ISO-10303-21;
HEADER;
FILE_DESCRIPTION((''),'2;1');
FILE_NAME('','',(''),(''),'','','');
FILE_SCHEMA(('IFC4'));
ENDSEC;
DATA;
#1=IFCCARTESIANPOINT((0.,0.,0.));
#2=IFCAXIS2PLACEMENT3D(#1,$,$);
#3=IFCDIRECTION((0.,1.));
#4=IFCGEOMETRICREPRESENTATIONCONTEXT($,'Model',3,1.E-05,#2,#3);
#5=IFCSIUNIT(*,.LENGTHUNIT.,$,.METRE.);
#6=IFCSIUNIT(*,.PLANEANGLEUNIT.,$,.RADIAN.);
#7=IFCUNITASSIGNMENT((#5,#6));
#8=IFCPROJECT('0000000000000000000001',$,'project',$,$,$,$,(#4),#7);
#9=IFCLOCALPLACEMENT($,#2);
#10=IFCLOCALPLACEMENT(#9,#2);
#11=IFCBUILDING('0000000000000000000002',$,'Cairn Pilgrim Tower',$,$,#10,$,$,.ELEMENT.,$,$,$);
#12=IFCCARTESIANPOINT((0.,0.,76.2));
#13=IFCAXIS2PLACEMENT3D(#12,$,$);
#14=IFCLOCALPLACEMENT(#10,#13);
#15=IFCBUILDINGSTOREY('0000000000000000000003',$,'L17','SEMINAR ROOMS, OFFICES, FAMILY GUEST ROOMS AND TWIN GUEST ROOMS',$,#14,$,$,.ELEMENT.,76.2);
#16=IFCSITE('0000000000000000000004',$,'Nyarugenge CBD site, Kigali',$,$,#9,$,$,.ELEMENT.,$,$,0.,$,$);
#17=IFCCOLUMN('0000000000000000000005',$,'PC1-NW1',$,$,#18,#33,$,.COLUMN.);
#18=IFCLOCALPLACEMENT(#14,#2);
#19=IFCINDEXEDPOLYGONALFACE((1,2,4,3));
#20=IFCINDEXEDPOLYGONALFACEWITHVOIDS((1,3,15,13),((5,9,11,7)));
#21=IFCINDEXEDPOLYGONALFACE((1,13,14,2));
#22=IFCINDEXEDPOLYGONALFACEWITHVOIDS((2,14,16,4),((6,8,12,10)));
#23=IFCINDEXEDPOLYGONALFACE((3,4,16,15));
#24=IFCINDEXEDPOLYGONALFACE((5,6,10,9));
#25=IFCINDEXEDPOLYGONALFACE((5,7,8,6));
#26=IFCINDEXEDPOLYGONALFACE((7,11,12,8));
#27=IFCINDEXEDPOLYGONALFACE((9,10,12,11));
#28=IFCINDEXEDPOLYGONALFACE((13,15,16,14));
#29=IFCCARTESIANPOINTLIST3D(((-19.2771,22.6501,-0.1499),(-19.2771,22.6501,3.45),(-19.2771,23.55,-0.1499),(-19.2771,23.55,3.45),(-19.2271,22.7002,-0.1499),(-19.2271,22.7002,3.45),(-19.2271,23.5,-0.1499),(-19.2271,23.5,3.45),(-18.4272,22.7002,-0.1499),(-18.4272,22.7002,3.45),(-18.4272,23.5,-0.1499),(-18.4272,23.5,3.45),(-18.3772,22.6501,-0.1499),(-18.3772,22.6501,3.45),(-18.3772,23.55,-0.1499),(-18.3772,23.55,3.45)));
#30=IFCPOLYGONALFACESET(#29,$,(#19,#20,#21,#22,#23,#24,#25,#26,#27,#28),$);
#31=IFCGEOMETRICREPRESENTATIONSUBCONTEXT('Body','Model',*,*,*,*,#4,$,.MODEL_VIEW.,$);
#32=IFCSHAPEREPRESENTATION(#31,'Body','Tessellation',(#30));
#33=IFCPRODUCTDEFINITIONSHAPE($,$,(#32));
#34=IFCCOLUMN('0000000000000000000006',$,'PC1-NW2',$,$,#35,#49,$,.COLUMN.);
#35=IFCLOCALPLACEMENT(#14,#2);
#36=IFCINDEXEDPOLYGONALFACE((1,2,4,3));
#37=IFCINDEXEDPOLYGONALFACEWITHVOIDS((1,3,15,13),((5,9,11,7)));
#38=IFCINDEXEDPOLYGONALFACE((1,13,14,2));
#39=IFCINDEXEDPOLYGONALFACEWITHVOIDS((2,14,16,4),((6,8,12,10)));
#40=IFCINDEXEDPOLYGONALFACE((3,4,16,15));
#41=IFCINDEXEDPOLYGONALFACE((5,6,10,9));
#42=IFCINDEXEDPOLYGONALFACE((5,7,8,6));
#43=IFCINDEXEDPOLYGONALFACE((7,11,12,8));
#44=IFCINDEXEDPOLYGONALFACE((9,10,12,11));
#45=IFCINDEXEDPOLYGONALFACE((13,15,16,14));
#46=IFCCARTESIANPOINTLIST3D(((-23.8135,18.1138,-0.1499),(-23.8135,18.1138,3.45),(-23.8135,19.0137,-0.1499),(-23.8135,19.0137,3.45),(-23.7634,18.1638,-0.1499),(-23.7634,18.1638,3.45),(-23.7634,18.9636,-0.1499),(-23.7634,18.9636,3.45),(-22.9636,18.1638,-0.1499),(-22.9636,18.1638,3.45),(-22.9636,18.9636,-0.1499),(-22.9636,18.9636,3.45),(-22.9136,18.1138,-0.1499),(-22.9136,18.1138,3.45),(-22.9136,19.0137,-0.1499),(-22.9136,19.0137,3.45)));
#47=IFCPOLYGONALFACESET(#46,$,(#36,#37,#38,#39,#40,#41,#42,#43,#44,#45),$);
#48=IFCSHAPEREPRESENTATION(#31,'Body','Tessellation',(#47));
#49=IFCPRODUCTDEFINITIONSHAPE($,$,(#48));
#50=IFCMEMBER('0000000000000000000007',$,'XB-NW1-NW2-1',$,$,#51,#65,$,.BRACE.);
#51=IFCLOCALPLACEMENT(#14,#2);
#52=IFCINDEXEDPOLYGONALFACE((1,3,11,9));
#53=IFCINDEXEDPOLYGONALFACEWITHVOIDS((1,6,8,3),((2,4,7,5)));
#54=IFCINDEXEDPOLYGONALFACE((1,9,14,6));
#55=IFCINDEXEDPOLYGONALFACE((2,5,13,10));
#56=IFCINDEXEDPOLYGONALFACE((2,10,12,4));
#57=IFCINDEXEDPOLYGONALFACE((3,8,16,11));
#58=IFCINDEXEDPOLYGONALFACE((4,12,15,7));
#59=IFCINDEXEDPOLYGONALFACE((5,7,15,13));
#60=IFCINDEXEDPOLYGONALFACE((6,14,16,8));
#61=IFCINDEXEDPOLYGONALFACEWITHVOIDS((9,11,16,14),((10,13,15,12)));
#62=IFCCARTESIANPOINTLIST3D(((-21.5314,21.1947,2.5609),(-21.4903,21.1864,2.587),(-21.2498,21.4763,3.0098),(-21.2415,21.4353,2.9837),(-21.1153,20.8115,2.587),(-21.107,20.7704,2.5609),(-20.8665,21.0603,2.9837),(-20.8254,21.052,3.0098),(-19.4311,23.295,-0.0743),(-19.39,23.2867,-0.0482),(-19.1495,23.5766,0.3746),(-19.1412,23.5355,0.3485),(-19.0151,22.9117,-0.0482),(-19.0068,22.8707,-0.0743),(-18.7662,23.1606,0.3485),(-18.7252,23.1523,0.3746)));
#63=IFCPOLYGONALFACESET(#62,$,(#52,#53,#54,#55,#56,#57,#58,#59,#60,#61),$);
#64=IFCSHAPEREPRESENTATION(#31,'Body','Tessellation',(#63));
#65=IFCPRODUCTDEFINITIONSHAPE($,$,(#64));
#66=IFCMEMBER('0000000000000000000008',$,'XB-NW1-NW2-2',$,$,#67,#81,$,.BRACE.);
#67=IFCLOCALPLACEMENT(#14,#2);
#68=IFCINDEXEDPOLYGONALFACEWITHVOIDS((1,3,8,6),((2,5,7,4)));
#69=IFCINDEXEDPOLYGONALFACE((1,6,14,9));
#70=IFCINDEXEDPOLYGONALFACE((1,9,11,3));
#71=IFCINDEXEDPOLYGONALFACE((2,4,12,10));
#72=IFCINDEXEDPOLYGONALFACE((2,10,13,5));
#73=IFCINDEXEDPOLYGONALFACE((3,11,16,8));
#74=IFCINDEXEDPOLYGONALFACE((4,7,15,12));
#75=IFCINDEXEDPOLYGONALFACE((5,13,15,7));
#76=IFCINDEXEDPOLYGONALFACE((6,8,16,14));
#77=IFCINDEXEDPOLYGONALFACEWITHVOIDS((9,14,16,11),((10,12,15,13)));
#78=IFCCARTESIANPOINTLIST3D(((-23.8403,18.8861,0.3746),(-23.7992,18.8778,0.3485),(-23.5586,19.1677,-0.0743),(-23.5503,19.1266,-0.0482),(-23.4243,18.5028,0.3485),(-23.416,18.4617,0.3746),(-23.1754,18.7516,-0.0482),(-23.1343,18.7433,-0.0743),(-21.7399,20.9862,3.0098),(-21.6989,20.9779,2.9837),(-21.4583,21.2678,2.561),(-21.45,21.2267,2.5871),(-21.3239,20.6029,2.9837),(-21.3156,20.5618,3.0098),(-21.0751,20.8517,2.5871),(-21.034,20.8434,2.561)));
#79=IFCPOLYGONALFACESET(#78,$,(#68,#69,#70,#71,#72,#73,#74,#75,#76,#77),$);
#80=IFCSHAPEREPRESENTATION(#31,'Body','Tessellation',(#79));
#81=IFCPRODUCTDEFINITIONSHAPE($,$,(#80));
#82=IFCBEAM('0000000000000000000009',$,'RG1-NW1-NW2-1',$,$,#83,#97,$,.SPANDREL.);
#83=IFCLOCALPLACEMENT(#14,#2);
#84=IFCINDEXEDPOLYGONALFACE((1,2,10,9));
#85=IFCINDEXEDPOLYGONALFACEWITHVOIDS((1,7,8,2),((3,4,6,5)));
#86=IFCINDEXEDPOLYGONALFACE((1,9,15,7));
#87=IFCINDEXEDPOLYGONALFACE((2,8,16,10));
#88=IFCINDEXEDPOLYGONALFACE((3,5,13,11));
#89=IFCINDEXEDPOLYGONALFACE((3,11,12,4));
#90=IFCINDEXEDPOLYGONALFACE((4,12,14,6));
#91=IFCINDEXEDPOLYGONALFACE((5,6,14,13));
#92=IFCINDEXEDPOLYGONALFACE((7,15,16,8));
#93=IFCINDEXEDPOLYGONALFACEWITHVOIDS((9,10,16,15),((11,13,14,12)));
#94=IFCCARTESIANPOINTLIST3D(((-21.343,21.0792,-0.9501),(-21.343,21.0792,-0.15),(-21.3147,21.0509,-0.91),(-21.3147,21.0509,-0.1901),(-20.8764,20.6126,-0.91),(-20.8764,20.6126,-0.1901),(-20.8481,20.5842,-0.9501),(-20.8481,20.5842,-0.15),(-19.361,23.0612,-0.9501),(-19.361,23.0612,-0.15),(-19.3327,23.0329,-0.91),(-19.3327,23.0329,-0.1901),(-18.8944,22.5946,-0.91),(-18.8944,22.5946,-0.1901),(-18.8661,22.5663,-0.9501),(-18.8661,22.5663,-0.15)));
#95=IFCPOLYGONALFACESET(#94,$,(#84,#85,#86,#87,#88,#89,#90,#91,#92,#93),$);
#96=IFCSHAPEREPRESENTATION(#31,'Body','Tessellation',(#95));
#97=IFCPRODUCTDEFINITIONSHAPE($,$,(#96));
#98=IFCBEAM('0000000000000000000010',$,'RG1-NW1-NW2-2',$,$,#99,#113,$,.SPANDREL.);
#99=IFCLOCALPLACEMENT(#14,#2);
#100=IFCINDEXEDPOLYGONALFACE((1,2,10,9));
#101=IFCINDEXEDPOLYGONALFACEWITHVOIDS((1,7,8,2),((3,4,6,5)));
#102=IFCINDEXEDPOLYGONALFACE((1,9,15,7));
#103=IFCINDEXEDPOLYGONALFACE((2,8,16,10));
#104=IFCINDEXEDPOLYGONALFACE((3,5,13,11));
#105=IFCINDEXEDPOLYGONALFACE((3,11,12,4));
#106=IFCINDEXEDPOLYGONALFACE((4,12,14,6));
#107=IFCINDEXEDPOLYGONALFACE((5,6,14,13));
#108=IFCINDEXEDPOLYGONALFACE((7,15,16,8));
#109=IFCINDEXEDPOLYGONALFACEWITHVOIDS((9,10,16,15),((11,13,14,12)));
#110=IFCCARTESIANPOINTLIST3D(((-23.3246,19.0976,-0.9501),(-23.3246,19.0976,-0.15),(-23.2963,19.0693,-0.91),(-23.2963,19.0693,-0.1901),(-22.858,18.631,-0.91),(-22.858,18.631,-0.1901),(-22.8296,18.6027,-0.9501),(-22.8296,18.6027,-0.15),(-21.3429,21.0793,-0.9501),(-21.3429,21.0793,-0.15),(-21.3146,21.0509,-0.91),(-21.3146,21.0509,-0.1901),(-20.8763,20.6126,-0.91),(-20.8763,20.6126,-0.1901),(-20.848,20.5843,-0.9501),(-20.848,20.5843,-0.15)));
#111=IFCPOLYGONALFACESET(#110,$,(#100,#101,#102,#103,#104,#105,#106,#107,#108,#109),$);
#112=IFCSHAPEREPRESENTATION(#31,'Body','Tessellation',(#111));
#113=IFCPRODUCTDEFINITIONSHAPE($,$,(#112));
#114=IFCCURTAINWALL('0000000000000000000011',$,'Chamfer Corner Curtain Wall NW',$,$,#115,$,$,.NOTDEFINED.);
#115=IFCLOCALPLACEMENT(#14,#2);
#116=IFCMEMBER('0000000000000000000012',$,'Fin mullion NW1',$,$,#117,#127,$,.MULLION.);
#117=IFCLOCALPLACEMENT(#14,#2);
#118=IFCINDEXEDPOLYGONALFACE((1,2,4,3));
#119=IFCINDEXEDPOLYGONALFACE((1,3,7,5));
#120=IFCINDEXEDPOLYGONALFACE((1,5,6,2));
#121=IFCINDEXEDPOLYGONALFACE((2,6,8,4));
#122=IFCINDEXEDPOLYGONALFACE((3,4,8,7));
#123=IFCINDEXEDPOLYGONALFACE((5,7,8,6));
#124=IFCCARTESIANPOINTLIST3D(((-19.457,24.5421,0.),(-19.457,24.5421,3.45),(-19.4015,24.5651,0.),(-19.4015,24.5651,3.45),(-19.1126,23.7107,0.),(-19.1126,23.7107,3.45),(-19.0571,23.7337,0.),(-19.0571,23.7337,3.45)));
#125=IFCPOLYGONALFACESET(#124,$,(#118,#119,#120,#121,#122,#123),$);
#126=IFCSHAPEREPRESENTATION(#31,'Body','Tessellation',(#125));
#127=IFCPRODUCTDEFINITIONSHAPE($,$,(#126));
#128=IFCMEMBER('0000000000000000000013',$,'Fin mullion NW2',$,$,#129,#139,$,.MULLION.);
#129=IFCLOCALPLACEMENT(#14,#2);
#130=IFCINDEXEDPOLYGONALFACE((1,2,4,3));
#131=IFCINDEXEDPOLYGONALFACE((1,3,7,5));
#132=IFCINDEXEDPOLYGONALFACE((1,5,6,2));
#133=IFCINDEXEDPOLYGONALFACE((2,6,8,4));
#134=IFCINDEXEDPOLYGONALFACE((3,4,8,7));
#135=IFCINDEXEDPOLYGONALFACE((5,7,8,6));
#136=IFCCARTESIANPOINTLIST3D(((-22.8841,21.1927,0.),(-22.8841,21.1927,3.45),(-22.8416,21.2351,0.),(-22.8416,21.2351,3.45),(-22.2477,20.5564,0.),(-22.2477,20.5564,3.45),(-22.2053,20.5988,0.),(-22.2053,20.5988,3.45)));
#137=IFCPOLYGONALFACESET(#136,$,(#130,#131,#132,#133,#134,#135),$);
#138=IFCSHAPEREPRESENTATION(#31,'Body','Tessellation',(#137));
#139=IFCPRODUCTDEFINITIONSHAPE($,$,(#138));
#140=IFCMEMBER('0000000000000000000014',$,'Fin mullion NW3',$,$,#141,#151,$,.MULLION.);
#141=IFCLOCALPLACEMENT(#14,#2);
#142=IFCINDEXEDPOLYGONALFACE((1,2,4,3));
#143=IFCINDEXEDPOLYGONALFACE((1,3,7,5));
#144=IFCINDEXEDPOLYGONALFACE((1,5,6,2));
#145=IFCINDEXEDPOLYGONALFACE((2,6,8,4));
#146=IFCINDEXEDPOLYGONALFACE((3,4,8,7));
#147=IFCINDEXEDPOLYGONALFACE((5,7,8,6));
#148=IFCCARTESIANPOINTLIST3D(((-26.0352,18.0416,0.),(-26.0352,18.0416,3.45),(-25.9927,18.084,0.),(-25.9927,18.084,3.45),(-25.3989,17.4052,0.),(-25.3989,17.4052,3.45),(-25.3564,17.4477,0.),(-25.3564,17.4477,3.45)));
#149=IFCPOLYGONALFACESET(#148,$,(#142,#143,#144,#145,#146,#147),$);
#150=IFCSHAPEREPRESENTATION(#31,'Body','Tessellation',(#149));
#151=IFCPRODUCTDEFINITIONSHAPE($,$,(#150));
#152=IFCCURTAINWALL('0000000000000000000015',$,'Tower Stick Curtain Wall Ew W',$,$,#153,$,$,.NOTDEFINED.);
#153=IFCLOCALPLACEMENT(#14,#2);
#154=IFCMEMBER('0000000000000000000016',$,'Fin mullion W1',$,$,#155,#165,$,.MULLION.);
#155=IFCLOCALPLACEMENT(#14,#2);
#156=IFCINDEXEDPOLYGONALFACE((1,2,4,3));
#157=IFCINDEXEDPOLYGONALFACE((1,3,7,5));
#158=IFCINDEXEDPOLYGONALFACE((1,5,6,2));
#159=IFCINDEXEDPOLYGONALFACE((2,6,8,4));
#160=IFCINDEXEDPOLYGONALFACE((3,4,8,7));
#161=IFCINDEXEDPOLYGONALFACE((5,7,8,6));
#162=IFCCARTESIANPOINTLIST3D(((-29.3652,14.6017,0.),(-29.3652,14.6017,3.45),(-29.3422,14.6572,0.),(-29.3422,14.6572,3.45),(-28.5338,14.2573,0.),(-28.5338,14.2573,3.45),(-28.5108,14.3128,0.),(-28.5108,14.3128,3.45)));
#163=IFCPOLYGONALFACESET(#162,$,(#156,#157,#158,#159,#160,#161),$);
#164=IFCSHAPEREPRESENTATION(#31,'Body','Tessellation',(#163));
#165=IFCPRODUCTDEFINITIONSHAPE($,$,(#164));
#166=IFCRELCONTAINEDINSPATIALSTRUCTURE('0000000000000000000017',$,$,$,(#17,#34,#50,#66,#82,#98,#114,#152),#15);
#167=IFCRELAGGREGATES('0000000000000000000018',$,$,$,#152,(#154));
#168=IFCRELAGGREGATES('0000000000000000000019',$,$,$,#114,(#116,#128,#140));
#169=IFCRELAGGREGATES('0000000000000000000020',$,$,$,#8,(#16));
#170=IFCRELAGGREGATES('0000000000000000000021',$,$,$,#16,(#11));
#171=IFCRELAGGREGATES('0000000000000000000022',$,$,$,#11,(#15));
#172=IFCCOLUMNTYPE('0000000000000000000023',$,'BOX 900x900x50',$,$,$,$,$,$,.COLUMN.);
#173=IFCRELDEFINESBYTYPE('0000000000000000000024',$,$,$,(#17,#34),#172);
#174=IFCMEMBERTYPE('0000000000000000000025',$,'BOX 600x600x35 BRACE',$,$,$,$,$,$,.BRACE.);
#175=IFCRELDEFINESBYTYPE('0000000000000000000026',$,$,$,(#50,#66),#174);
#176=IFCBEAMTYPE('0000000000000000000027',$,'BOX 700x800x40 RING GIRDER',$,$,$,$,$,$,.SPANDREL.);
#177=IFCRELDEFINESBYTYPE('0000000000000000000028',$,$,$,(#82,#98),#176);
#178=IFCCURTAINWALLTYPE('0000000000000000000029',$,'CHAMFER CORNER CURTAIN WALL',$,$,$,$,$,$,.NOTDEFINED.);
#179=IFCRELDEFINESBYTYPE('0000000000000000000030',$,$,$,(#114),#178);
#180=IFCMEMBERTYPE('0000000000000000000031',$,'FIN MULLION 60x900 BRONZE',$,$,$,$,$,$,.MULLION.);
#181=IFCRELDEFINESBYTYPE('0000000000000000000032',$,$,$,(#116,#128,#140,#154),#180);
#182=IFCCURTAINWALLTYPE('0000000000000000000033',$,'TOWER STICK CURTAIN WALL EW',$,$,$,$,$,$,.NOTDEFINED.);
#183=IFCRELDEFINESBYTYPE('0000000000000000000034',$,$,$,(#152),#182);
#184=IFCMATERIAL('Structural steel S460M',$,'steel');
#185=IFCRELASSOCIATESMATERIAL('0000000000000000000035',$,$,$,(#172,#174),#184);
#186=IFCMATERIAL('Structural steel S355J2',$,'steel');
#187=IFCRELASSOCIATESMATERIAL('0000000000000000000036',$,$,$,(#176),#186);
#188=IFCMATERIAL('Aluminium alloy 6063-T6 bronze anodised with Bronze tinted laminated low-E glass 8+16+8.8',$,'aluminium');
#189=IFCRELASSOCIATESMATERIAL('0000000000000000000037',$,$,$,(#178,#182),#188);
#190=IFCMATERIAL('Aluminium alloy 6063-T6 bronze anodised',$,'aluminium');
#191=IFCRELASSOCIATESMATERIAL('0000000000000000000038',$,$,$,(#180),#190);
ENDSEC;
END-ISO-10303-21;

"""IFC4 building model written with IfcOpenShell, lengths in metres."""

from ifc_helpers import new_model, si_unit, direction, frame, origin, origin_2d, place, context, subcontext, project, spatial, rectangle, hollow_rectangle, extrude, material, material_profile, profile_set, type_object, element, aggregate, save


model = new_model("IFC4")

# Units and contexts
model_context = context("Model", 3, precision=1e-05, world=origin(), true_north=direction((0.0, 1.0)))
body_context = subcontext(model_context, "Body", "Model", "MODEL_VIEW")
ifc_project = project(units=[si_unit("LENGTHUNIT", "METRE"), si_unit("PLANEANGLEUNIT", "RADIAN")], contexts=[model_context])

# Site, building, storey
site_placement = place(None, origin())
site = spatial("IfcSite", under=ifc_project, at=site_placement, Name="Nyarugenge CBD site, Kigali", CompositionType="ELEMENT", RefElevation=0.0)
building_placement = place(site_placement, origin())
building = spatial("IfcBuilding", under=site, at=building_placement, Name="Cairn Pilgrim Tower", CompositionType="ELEMENT")
storey_placement = place(building_placement, frame((0.0, 0.0, 76.2)))
storey = spatial("IfcBuildingStorey", under=building, at=storey_placement, Name="L17", Description="SEMINAR ROOMS, OFFICES, FAMILY GUEST ROOMS AND TWIN GUEST ROOMS", CompositionType="ELEMENT", Elevation=76.2)

# Columns
ifc_material_1 = material(Name="Structural steel S460M", Category="steel")
ifc_material_profile_1 = material_profile(ifc_material_1, hollow_rectangle(XDim=0.8999, YDim=0.8999, WallThickness=0.05, at=origin_2d()), Name="BOX 900x900x50")
ifc_profile_set_1 = profile_set([ifc_material_profile_1], Name="Structural steel S460M")
column_type = type_object("IfcColumnType", Name="BOX 900x900x50", PredefinedType="COLUMN", material=ifc_profile_set_1)
for number, where, z_axis, x_axis, name in (
    (1, (-18.8271, 23.1001, -0.1499), (0.0, 0.0, 1.0), (1.0, 0.0, 0.0), "PC1-NW1"),
    (2, (-23.3635, 18.5637, -0.1499), (0.0, 0.0, 1.0), (1.0, 0.0, 0.0), "PC1-NW2"),
):
    element("IfcColumn", number, at=place(storey_placement, frame(where, z_axis=z_axis, x_axis=x_axis)), inside=storey, type_object=column_type, Name=name, PredefinedType="COLUMN", context=body_context, shape_type="SweptSolid", body=[
        extrude(hollow_rectangle(XDim=0.8999, YDim=0.8999, WallThickness=0.05, at=origin_2d()), origin(), (0.0, 0.0, 1.0), 3.5999),
    ])

# Members
ifc_material_profile_2 = material_profile(ifc_material_1, hollow_rectangle(XDim=0.6001, YDim=0.6001, WallThickness=0.0349, at=origin_2d()), Name="BOX 600x600x35")
ifc_profile_set_2 = profile_set([ifc_material_profile_2], Name="Structural steel S460M")
member_type_1 = type_object("IfcMemberType", Name="BOX 600x600x35 BRACE", PredefinedType="BRACE", material=ifc_profile_set_2)
for number, where, z_axis, x_axis, name in (
    (3, (-19.0781, 23.2236, 0.1501), (-0.528944, -0.528944, 0.663654), (0.707107, -0.707107, 0.0), "XB-NW1-NW2-1"),
    (4, (-23.4873, 18.8147, 0.1501), (0.528961, 0.528899, 0.663676), (-0.707066, 0.707148, 0.0), "XB-NW1-NW2-2"),
):
    element("IfcMember", number, at=place(storey_placement, frame(where, z_axis=z_axis, x_axis=x_axis)), inside=storey, type_object=member_type_1, Name=name, PredefinedType="BRACE", context=body_context, shape_type="SweptSolid", body=[
        extrude(hollow_rectangle(XDim=0.6001, YDim=0.6001, WallThickness=0.0349, at=origin_2d()), origin(), (0.0, 0.0, 1.0), 3.9707),
    ])

# Beams
ifc_material_2 = material(Name="Structural steel S355J2", Category="steel")
ifc_material_profile_3 = material_profile(ifc_material_2, hollow_rectangle(XDim=0.7, YDim=0.8, WallThickness=0.04, at=origin_2d()), Name="BOX 700x800x40")
ifc_profile_set_3 = profile_set([ifc_material_profile_3], Name="Structural steel S355J2")
beam_type_1 = type_object("IfcBeamType", Name="BOX 700x800x40 RING GIRDER", PredefinedType="SPANDREL", material=ifc_profile_set_3)
beam_1_placement = place(storey_placement, frame((-19.1135, 22.8137, -0.55), z_axis=(-0.707107, -0.707107, 0.0), x_axis=(0.707107, -0.707107, 0.0)))
element("IfcBeam", 5, at=beam_1_placement, inside=storey, type_object=beam_type_1, Name="RG1-NW1-NW2-1", PredefinedType="SPANDREL", context=body_context, shape_type="SweptSolid", body=[
    extrude(hollow_rectangle(XDim=0.7, YDim=0.8, WallThickness=0.04, at=origin_2d()), origin(), (0.0, 0.0, 1.0), 2.803),
])
beam_2_placement = place(storey_placement, frame((-21.0955, 20.8318, -0.55), z_axis=(-0.707107, -0.707107, 0.0), x_axis=(0.707107, -0.707107, 0.0)))
element("IfcBeam", 6, at=beam_2_placement, inside=storey, type_object=beam_type_1, Name="RG1-NW1-NW2-2", PredefinedType="SPANDREL", context=body_context, shape_type="SweptSolid", body=[
    extrude(hollow_rectangle(XDim=0.7, YDim=0.8, WallThickness=0.04, at=origin_2d()), origin(), (0.0, 0.0, 1.0), 2.8025),
])

# Curtain wall, members
ifc_material_3 = material(Name="Aluminium alloy 6063-T6 bronze anodised with Bronze tinted laminated low-E glass 8+16+8.8", Category="aluminium")
curtain_wall_type_1 = type_object("IfcCurtainWallType", Name="CHAMFER CORNER CURTAIN WALL", PredefinedType="NOTDEFINED", material=ifc_material_3)
curtain_wall_1_placement = place(storey_placement, origin())
curtain_wall_1 = element("IfcCurtainWall", 7, at=curtain_wall_1_placement, inside=storey, type_object=curtain_wall_type_1, Name="Chamfer Corner Curtain Wall NW", PredefinedType="NOTDEFINED")
ifc_material_4 = material(Name="Aluminium alloy 6063-T6 bronze anodised", Category="aluminium")
ifc_material_profile_4 = material_profile(ifc_material_4, rectangle(XDim=0.8999, YDim=0.0601, at=origin_2d()), Name="FIN MULLION 60x900 BRONZE")
ifc_profile_set_4 = profile_set([ifc_material_profile_4], Name="Aluminium alloy 6063-T6 bronze anodised")
member_type_2 = type_object("IfcMemberType", Name="FIN MULLION 60x900 BRONZE", PredefinedType="MULLION", material=ifc_profile_set_4)
member_1_placement = place(storey_placement, frame((-19.2571, 24.1379, 0.0), z_axis=(0.0, 0.0, 1.0), x_axis=(-0.382683, 0.92388, 0.0)))
member_1 = element("IfcMember", 8, at=member_1_placement, type_object=member_type_2, Name="Fin mullion NW1", PredefinedType="MULLION", context=body_context, shape_type="SweptSolid", body=[
    extrude(rectangle(XDim=0.8999, YDim=0.0601, at=origin_2d()), origin(), (0.0, 0.0, 1.0), 3.45),
])
member_2_placement = place(storey_placement, frame((-22.5447, 20.8958, 0.0), z_axis=(0.0, 0.0, 1.0), x_axis=(-0.707107, 0.707107, 0.0)))
member_2 = element("IfcMember", 9, at=member_2_placement, type_object=member_type_2, Name="Fin mullion NW2", PredefinedType="MULLION", context=body_context, shape_type="SweptSolid", body=[
    extrude(rectangle(XDim=0.8999, YDim=0.0601, at=origin_2d()), origin(), (0.0, 0.0, 1.0), 3.45),
])
member_3_placement = place(storey_placement, frame((-25.6958, 17.7446, 0.0), z_axis=(0.0, 0.0, 1.0), x_axis=(-0.707107, 0.707107, 0.0)))
member_3 = element("IfcMember", 10, at=member_3_placement, type_object=member_type_2, Name="Fin mullion NW3", PredefinedType="MULLION", context=body_context, shape_type="SweptSolid", body=[
    extrude(rectangle(XDim=0.8999, YDim=0.0601, at=origin_2d()), origin(), (0.0, 0.0, 1.0), 3.45),
])

# Curtain wall, member
curtain_wall_type_2 = type_object("IfcCurtainWallType", Name="TOWER STICK CURTAIN WALL EW", PredefinedType="NOTDEFINED", material=ifc_material_3)
curtain_wall_2_placement = place(storey_placement, origin())
curtain_wall_2 = element("IfcCurtainWall", 11, at=curtain_wall_2_placement, inside=storey, type_object=curtain_wall_type_2, Name="Tower Stick Curtain Wall Ew W", PredefinedType="NOTDEFINED")
member_4_placement = place(storey_placement, frame((-28.938, 14.4573, 0.0), z_axis=(0.0, 0.0, 1.0), x_axis=(-0.92388, 0.382683, 0.0)))
member_4 = element("IfcMember", 12, at=member_4_placement, type_object=member_type_2, Name="Fin mullion W1", PredefinedType="MULLION", context=body_context, shape_type="SweptSolid", body=[
    extrude(rectangle(XDim=0.8999, YDim=0.0601, at=origin_2d()), origin(), (0.0, 0.0, 1.0), 3.45),
])

aggregate(curtain_wall_2, [member_4])

aggregate(curtain_wall_1, [member_1, member_2, member_3])

save(model, "model.ifc")
